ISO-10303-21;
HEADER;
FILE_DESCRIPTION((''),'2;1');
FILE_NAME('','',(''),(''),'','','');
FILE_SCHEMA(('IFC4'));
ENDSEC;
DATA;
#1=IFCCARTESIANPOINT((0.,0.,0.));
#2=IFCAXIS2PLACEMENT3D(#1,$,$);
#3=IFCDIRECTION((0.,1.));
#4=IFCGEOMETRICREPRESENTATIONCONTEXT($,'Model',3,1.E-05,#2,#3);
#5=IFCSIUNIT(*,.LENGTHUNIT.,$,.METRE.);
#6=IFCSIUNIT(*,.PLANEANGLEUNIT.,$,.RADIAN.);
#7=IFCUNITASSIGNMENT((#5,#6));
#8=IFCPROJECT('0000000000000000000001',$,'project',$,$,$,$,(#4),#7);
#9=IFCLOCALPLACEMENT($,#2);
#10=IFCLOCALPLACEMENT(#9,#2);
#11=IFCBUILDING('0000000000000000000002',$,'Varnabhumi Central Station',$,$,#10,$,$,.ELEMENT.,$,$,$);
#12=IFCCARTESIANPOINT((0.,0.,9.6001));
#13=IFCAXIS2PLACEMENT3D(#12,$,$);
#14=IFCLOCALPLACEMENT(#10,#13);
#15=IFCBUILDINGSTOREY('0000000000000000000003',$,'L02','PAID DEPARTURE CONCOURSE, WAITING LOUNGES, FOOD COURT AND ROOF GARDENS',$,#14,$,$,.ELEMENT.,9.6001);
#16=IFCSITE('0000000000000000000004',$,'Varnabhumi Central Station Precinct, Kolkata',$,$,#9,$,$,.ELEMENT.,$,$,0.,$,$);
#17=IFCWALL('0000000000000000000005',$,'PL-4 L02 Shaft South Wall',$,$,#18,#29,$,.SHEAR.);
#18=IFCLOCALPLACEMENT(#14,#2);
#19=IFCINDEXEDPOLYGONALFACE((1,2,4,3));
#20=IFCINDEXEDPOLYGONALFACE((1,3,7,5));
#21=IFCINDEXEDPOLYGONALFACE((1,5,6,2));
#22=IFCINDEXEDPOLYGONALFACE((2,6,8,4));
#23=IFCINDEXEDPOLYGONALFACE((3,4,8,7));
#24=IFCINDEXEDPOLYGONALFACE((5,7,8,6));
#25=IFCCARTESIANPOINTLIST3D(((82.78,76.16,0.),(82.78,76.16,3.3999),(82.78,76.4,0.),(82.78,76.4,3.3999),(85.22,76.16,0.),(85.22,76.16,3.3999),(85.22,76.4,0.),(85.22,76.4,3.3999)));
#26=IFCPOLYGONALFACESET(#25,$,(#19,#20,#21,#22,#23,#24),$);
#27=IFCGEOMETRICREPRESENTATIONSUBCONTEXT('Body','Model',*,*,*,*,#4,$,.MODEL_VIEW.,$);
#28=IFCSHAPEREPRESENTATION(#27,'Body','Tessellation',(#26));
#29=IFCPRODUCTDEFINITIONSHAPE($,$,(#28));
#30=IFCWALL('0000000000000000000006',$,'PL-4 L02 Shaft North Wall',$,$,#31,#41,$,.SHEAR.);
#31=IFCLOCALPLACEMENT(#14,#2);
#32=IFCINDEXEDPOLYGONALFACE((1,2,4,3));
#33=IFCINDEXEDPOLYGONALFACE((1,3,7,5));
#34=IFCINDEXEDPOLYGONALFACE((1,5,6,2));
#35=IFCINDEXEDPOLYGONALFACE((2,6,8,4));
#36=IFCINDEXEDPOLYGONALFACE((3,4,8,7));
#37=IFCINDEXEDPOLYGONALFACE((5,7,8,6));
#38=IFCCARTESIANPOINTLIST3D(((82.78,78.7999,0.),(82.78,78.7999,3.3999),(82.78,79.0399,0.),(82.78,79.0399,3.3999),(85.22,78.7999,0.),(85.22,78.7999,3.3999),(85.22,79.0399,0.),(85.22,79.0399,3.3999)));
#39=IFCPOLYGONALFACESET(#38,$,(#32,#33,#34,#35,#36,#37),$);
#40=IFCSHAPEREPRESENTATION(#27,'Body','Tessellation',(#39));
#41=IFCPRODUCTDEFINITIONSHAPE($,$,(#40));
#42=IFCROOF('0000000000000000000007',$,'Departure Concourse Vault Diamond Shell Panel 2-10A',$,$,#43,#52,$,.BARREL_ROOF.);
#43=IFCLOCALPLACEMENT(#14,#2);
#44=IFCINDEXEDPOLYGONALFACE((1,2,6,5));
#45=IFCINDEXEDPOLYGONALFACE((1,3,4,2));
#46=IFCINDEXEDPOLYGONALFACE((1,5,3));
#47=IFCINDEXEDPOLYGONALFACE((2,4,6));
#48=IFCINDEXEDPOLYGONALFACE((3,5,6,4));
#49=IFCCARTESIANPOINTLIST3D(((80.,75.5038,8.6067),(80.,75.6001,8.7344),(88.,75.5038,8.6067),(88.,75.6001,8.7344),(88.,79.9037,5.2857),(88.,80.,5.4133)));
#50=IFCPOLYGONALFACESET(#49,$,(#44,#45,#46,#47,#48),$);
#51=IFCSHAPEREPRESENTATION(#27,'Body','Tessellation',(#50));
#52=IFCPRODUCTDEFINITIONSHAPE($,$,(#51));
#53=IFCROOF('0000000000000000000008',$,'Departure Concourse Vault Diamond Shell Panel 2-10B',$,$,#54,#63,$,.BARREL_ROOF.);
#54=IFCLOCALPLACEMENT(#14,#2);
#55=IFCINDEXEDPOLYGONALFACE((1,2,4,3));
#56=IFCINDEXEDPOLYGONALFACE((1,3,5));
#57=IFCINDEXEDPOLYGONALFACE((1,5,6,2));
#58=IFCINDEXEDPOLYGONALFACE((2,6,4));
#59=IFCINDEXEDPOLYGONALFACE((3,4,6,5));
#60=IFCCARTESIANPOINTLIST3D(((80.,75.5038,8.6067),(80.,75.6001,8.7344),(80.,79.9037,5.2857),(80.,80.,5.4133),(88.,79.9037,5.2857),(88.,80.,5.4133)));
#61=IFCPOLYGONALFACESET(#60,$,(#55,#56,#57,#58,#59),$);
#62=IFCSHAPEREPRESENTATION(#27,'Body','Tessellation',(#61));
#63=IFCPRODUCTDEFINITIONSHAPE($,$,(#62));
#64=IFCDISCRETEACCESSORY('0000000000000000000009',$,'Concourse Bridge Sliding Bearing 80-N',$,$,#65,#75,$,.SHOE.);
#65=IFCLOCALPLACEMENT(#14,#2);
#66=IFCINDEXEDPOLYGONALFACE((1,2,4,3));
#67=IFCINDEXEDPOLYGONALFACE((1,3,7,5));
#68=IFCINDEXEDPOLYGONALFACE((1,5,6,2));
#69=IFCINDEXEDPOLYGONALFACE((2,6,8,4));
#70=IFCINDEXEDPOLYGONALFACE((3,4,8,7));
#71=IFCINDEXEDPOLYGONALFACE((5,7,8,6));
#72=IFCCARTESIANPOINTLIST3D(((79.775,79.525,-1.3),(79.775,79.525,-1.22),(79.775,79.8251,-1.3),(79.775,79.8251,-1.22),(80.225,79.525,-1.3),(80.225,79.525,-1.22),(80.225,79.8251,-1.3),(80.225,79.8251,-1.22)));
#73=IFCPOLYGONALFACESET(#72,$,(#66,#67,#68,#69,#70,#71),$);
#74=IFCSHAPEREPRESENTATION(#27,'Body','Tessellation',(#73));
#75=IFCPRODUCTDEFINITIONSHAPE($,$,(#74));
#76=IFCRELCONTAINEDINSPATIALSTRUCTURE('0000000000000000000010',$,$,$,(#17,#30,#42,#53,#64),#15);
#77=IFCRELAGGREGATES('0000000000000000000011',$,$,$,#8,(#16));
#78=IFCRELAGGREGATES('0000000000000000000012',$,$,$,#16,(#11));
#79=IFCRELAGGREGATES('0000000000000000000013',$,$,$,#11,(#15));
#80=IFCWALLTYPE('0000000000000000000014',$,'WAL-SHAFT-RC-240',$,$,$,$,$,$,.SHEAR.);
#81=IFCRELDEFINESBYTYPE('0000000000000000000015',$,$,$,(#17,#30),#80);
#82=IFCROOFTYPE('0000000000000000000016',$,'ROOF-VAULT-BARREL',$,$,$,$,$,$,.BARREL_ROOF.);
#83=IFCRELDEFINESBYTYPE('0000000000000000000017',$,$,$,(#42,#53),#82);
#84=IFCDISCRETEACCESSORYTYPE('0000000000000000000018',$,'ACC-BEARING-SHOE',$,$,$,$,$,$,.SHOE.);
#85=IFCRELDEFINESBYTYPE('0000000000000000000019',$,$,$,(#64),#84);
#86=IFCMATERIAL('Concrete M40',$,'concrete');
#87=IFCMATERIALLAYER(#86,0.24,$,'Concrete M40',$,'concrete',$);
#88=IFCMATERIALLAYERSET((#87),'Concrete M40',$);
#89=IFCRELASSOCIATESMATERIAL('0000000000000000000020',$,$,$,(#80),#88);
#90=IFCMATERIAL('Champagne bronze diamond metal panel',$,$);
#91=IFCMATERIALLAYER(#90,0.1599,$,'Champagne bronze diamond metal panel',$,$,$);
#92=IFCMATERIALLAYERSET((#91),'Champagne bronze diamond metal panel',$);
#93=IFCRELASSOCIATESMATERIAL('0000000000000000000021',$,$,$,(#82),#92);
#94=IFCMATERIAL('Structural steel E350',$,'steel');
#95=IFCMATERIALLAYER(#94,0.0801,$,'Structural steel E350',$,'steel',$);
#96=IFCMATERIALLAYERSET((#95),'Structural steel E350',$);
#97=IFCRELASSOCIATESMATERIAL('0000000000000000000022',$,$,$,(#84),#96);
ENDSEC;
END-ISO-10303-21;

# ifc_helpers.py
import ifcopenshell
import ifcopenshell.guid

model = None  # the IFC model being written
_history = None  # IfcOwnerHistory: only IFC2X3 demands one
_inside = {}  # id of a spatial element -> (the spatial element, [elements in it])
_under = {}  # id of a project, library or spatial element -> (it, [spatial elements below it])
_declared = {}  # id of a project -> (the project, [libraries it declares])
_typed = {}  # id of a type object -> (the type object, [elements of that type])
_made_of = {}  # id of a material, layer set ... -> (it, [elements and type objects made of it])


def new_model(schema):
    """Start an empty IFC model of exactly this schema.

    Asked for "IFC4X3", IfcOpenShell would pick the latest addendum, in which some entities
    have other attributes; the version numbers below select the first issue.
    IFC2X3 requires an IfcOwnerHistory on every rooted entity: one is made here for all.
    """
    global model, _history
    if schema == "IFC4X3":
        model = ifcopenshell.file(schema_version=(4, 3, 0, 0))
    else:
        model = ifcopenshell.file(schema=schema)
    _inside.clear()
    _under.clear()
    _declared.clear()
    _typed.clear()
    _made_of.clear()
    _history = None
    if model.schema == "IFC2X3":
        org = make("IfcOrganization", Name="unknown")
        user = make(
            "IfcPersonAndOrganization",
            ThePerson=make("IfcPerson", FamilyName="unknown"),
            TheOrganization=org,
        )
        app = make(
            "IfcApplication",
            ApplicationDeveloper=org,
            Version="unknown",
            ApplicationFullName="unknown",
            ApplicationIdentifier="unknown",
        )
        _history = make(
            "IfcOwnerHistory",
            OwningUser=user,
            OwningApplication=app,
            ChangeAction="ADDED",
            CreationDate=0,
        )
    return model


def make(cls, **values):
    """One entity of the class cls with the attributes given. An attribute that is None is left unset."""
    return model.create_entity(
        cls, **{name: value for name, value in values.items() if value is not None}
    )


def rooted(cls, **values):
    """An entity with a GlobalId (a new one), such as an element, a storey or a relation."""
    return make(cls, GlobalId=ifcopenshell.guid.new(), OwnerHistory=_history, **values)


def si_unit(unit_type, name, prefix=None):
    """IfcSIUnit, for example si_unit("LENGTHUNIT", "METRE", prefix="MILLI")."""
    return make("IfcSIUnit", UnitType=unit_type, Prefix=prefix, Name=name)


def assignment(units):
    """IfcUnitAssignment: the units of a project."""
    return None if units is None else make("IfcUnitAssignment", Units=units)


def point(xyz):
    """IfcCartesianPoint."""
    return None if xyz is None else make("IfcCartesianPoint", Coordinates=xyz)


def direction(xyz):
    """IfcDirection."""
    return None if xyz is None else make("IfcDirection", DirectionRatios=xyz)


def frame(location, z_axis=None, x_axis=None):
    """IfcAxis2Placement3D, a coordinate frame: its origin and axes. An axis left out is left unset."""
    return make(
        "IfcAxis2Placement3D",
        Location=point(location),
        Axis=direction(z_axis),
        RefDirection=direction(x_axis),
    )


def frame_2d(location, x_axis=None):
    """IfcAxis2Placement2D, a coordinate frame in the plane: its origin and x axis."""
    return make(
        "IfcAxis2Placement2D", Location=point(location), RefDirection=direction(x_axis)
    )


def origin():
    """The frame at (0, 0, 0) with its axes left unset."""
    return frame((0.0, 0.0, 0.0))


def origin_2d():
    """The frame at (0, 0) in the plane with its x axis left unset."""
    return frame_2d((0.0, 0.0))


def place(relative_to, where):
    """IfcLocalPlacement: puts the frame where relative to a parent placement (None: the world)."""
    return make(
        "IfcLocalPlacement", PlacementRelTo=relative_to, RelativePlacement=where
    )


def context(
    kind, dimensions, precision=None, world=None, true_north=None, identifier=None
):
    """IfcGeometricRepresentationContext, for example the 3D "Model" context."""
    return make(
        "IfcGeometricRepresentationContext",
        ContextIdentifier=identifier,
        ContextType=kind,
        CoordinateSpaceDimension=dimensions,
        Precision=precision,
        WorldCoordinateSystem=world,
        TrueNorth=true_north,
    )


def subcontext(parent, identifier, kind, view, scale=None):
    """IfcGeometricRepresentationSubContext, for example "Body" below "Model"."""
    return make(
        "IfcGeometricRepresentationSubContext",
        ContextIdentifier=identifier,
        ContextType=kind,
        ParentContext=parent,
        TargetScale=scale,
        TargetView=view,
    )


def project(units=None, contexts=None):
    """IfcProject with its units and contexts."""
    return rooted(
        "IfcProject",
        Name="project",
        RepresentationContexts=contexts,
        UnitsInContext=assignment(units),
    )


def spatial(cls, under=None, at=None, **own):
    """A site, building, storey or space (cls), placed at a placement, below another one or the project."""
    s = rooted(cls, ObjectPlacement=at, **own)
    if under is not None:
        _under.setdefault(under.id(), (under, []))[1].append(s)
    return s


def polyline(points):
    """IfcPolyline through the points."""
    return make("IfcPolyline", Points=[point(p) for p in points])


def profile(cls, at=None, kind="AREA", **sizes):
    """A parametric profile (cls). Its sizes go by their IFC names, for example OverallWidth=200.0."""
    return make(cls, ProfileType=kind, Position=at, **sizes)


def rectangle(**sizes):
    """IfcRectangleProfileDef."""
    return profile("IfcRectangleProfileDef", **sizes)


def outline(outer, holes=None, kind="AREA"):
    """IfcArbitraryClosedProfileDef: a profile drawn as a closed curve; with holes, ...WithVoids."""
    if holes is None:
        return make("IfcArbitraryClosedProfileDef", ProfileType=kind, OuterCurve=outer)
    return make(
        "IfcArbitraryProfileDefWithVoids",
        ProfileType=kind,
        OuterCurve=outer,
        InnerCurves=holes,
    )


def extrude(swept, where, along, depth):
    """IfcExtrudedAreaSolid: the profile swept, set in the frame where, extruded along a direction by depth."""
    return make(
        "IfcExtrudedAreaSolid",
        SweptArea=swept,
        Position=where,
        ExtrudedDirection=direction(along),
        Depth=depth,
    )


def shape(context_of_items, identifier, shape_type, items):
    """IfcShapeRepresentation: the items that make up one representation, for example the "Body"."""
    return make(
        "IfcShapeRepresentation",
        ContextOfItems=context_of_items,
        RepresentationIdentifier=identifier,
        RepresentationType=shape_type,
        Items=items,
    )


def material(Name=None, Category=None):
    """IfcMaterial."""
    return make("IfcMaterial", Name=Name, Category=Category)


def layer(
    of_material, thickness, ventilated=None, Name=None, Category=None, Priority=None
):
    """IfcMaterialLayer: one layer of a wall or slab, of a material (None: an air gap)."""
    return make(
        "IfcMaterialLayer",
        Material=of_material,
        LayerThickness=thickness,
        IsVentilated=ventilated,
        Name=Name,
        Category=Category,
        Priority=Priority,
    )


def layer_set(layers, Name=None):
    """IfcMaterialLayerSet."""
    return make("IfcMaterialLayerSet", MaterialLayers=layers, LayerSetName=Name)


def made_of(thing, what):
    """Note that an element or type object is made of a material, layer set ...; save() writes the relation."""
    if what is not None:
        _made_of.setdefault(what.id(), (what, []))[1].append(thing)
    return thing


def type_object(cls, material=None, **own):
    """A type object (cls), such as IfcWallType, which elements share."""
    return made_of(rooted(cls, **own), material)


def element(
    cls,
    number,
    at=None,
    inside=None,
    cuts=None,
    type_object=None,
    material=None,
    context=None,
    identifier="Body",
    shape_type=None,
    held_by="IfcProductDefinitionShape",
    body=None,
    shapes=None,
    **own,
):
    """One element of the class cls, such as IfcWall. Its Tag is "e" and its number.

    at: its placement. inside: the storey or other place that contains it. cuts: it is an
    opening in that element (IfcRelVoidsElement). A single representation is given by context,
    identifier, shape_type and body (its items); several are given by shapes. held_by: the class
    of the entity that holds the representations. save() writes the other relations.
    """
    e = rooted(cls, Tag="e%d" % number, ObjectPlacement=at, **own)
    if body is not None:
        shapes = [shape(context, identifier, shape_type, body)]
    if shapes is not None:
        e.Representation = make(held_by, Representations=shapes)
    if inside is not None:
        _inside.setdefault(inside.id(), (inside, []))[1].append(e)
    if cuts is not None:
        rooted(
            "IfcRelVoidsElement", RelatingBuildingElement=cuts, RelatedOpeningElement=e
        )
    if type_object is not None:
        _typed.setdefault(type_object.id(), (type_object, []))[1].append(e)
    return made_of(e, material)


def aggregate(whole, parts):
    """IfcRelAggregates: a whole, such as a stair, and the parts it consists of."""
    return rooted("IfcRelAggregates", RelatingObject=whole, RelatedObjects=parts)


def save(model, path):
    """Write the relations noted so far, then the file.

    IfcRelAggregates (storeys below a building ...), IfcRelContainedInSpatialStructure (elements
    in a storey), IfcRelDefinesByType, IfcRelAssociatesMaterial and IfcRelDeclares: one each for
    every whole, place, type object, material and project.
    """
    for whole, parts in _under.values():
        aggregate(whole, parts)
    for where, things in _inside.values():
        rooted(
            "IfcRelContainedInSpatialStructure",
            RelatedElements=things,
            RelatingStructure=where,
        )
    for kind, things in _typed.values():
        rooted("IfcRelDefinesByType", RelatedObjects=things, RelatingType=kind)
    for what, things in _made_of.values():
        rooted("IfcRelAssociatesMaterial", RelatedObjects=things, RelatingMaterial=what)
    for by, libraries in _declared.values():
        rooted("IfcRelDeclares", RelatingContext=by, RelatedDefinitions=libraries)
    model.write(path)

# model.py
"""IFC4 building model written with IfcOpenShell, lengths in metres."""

from ifc_helpers import new_model, si_unit, direction, frame, frame_2d, origin, origin_2d, place, context, subcontext, project, spatial, polyline, rectangle, outline, extrude, material, layer, layer_set, type_object, element, save


model = new_model("IFC4")

# Units and contexts
model_context = context("Model", 3, precision=1e-05, world=origin(), true_north=direction((0.0, 1.0)))
body_context = subcontext(model_context, "Body", "Model", "MODEL_VIEW")
ifc_project = project(units=[si_unit("LENGTHUNIT", "METRE"), si_unit("PLANEANGLEUNIT", "RADIAN")], contexts=[model_context])

# Site, building, storey
site_placement = place(None, origin())
site = spatial("IfcSite", under=ifc_project, at=site_placement, Name="Varnabhumi Central Station Precinct, Kolkata", CompositionType="ELEMENT", RefElevation=0.0)
building_placement = place(site_placement, origin())
building = spatial("IfcBuilding", under=site, at=building_placement, Name="Varnabhumi Central Station", CompositionType="ELEMENT")
storey_placement = place(building_placement, frame((0.0, 0.0, 9.6001)))
storey = spatial("IfcBuildingStorey", under=building, at=storey_placement, Name="L02", Description="PAID DEPARTURE CONCOURSE, WAITING LOUNGES, FOOD COURT AND ROOF GARDENS", CompositionType="ELEMENT", Elevation=9.6001)

# Shared definitions
ifc_material_1 = material(Name="Structural steel E350", Category="steel")
ifc_material_2 = material(Name="Concrete M40", Category="concrete")

# Walls
ifc_layer_1 = layer(ifc_material_2, 0.24, Name="Concrete M40", Category="concrete")
ifc_layer_set_1 = layer_set([ifc_layer_1], Name="Concrete M40")
wall_type_1 = type_object("IfcWallType", Name="WAL-SHAFT-RC-240", PredefinedType="SHEAR", material=ifc_layer_set_1)
for number, where, z_axis, x_axis, name in (
    (1, (82.78, 76.28, 0.0), (0.0, 0.0, 1.0), (1.0, 0.0, 0.0), "PL-4 L02 Shaft South Wall"),
    (2, (82.78, 78.9199, 0.0), (0.0, 0.0, 1.0), (1.0, 0.0, 0.0), "PL-4 L02 Shaft North Wall"),
):
    element("IfcWall", number, at=place(storey_placement, frame(where, z_axis=z_axis, x_axis=x_axis)), inside=storey, type_object=wall_type_1, Name=name, PredefinedType="SHEAR", context=body_context, shape_type="SweptSolid", body=[
        extrude(rectangle(XDim=2.4399, YDim=0.24, at=frame_2d((1.22, 0.0))), origin(), (0.0, 0.0, 1.0), 3.3999),
    ])

# Roofs
ifc_material_3 = material(Name="Champagne bronze diamond metal panel")
ifc_layer_2 = layer(ifc_material_3, 0.1599, Name="Champagne bronze diamond metal panel")
ifc_layer_set_2 = layer_set([ifc_layer_2], Name="Champagne bronze diamond metal panel")
roof_type = type_object("IfcRoofType", Name="ROOF-VAULT-BARREL", PredefinedType="BARREL_ROOF", material=ifc_layer_set_2)
roof_1_placement = place(storey_placement, frame((80.0, 75.6001, 8.7344), z_axis=(0.0, 0.602449, 0.798157), x_axis=(1.0, 0.0, 0.0)))
element("IfcRoof", 3, at=roof_1_placement, inside=storey, type_object=roof_type, Name="Departure Concourse Vault Diamond Shell Panel 2-10A", PredefinedType="BARREL_ROOF", context=body_context, shape_type="SweptSolid", body=[
    extrude(outline(polyline([(0.0, 0.0), (8.0, 0.0), (8.0, 5.5126), (0.0, 0.0)])), origin(), (0.0, 0.0, -1.0), 0.1599),
])
roof_2_placement = place(storey_placement, frame((80.0, 75.6001, 8.7344), z_axis=(0.0, 0.602449, 0.798157), x_axis=(0.823437, 0.45288, -0.341834)))
element("IfcRoof", 4, at=roof_2_placement, inside=storey, type_object=roof_type, Name="Departure Concourse Vault Diamond Shell Panel 2-10B", PredefinedType="BARREL_ROOF", context=body_context, shape_type="SweptSolid", body=[
    extrude(outline(polyline([(0.0, 0.0), (9.7154, 0.0), (3.1279, 4.5393), (0.0, 0.0)])), origin(), (0.0, 0.0, -1.0), 0.1599),
])

# Discrete accessory
ifc_layer_3 = layer(ifc_material_1, 0.0801, Name="Structural steel E350", Category="steel")
ifc_layer_set_3 = layer_set([ifc_layer_3], Name="Structural steel E350")
discrete_accessory_type = type_object("IfcDiscreteAccessoryType", Name="ACC-BEARING-SHOE", PredefinedType="SHOE", material=ifc_layer_set_3)
discrete_accessory_placement = place(storey_placement, frame((80.0, 79.675, -1.3), z_axis=(0.0, 0.0, 1.0), x_axis=(1.0, 0.0, 0.0)))
element("IfcDiscreteAccessory", 5, at=discrete_accessory_placement, inside=storey, type_object=discrete_accessory_type, Name="Concourse Bridge Sliding Bearing 80-N", PredefinedType="SHOE", context=body_context, shape_type="SweptSolid", body=[
    extrude(rectangle(XDim=0.45, YDim=0.3, at=origin_2d()), origin(), (0.0, 0.0, 1.0), 0.0801),
])

save(model, "model.ifc")
